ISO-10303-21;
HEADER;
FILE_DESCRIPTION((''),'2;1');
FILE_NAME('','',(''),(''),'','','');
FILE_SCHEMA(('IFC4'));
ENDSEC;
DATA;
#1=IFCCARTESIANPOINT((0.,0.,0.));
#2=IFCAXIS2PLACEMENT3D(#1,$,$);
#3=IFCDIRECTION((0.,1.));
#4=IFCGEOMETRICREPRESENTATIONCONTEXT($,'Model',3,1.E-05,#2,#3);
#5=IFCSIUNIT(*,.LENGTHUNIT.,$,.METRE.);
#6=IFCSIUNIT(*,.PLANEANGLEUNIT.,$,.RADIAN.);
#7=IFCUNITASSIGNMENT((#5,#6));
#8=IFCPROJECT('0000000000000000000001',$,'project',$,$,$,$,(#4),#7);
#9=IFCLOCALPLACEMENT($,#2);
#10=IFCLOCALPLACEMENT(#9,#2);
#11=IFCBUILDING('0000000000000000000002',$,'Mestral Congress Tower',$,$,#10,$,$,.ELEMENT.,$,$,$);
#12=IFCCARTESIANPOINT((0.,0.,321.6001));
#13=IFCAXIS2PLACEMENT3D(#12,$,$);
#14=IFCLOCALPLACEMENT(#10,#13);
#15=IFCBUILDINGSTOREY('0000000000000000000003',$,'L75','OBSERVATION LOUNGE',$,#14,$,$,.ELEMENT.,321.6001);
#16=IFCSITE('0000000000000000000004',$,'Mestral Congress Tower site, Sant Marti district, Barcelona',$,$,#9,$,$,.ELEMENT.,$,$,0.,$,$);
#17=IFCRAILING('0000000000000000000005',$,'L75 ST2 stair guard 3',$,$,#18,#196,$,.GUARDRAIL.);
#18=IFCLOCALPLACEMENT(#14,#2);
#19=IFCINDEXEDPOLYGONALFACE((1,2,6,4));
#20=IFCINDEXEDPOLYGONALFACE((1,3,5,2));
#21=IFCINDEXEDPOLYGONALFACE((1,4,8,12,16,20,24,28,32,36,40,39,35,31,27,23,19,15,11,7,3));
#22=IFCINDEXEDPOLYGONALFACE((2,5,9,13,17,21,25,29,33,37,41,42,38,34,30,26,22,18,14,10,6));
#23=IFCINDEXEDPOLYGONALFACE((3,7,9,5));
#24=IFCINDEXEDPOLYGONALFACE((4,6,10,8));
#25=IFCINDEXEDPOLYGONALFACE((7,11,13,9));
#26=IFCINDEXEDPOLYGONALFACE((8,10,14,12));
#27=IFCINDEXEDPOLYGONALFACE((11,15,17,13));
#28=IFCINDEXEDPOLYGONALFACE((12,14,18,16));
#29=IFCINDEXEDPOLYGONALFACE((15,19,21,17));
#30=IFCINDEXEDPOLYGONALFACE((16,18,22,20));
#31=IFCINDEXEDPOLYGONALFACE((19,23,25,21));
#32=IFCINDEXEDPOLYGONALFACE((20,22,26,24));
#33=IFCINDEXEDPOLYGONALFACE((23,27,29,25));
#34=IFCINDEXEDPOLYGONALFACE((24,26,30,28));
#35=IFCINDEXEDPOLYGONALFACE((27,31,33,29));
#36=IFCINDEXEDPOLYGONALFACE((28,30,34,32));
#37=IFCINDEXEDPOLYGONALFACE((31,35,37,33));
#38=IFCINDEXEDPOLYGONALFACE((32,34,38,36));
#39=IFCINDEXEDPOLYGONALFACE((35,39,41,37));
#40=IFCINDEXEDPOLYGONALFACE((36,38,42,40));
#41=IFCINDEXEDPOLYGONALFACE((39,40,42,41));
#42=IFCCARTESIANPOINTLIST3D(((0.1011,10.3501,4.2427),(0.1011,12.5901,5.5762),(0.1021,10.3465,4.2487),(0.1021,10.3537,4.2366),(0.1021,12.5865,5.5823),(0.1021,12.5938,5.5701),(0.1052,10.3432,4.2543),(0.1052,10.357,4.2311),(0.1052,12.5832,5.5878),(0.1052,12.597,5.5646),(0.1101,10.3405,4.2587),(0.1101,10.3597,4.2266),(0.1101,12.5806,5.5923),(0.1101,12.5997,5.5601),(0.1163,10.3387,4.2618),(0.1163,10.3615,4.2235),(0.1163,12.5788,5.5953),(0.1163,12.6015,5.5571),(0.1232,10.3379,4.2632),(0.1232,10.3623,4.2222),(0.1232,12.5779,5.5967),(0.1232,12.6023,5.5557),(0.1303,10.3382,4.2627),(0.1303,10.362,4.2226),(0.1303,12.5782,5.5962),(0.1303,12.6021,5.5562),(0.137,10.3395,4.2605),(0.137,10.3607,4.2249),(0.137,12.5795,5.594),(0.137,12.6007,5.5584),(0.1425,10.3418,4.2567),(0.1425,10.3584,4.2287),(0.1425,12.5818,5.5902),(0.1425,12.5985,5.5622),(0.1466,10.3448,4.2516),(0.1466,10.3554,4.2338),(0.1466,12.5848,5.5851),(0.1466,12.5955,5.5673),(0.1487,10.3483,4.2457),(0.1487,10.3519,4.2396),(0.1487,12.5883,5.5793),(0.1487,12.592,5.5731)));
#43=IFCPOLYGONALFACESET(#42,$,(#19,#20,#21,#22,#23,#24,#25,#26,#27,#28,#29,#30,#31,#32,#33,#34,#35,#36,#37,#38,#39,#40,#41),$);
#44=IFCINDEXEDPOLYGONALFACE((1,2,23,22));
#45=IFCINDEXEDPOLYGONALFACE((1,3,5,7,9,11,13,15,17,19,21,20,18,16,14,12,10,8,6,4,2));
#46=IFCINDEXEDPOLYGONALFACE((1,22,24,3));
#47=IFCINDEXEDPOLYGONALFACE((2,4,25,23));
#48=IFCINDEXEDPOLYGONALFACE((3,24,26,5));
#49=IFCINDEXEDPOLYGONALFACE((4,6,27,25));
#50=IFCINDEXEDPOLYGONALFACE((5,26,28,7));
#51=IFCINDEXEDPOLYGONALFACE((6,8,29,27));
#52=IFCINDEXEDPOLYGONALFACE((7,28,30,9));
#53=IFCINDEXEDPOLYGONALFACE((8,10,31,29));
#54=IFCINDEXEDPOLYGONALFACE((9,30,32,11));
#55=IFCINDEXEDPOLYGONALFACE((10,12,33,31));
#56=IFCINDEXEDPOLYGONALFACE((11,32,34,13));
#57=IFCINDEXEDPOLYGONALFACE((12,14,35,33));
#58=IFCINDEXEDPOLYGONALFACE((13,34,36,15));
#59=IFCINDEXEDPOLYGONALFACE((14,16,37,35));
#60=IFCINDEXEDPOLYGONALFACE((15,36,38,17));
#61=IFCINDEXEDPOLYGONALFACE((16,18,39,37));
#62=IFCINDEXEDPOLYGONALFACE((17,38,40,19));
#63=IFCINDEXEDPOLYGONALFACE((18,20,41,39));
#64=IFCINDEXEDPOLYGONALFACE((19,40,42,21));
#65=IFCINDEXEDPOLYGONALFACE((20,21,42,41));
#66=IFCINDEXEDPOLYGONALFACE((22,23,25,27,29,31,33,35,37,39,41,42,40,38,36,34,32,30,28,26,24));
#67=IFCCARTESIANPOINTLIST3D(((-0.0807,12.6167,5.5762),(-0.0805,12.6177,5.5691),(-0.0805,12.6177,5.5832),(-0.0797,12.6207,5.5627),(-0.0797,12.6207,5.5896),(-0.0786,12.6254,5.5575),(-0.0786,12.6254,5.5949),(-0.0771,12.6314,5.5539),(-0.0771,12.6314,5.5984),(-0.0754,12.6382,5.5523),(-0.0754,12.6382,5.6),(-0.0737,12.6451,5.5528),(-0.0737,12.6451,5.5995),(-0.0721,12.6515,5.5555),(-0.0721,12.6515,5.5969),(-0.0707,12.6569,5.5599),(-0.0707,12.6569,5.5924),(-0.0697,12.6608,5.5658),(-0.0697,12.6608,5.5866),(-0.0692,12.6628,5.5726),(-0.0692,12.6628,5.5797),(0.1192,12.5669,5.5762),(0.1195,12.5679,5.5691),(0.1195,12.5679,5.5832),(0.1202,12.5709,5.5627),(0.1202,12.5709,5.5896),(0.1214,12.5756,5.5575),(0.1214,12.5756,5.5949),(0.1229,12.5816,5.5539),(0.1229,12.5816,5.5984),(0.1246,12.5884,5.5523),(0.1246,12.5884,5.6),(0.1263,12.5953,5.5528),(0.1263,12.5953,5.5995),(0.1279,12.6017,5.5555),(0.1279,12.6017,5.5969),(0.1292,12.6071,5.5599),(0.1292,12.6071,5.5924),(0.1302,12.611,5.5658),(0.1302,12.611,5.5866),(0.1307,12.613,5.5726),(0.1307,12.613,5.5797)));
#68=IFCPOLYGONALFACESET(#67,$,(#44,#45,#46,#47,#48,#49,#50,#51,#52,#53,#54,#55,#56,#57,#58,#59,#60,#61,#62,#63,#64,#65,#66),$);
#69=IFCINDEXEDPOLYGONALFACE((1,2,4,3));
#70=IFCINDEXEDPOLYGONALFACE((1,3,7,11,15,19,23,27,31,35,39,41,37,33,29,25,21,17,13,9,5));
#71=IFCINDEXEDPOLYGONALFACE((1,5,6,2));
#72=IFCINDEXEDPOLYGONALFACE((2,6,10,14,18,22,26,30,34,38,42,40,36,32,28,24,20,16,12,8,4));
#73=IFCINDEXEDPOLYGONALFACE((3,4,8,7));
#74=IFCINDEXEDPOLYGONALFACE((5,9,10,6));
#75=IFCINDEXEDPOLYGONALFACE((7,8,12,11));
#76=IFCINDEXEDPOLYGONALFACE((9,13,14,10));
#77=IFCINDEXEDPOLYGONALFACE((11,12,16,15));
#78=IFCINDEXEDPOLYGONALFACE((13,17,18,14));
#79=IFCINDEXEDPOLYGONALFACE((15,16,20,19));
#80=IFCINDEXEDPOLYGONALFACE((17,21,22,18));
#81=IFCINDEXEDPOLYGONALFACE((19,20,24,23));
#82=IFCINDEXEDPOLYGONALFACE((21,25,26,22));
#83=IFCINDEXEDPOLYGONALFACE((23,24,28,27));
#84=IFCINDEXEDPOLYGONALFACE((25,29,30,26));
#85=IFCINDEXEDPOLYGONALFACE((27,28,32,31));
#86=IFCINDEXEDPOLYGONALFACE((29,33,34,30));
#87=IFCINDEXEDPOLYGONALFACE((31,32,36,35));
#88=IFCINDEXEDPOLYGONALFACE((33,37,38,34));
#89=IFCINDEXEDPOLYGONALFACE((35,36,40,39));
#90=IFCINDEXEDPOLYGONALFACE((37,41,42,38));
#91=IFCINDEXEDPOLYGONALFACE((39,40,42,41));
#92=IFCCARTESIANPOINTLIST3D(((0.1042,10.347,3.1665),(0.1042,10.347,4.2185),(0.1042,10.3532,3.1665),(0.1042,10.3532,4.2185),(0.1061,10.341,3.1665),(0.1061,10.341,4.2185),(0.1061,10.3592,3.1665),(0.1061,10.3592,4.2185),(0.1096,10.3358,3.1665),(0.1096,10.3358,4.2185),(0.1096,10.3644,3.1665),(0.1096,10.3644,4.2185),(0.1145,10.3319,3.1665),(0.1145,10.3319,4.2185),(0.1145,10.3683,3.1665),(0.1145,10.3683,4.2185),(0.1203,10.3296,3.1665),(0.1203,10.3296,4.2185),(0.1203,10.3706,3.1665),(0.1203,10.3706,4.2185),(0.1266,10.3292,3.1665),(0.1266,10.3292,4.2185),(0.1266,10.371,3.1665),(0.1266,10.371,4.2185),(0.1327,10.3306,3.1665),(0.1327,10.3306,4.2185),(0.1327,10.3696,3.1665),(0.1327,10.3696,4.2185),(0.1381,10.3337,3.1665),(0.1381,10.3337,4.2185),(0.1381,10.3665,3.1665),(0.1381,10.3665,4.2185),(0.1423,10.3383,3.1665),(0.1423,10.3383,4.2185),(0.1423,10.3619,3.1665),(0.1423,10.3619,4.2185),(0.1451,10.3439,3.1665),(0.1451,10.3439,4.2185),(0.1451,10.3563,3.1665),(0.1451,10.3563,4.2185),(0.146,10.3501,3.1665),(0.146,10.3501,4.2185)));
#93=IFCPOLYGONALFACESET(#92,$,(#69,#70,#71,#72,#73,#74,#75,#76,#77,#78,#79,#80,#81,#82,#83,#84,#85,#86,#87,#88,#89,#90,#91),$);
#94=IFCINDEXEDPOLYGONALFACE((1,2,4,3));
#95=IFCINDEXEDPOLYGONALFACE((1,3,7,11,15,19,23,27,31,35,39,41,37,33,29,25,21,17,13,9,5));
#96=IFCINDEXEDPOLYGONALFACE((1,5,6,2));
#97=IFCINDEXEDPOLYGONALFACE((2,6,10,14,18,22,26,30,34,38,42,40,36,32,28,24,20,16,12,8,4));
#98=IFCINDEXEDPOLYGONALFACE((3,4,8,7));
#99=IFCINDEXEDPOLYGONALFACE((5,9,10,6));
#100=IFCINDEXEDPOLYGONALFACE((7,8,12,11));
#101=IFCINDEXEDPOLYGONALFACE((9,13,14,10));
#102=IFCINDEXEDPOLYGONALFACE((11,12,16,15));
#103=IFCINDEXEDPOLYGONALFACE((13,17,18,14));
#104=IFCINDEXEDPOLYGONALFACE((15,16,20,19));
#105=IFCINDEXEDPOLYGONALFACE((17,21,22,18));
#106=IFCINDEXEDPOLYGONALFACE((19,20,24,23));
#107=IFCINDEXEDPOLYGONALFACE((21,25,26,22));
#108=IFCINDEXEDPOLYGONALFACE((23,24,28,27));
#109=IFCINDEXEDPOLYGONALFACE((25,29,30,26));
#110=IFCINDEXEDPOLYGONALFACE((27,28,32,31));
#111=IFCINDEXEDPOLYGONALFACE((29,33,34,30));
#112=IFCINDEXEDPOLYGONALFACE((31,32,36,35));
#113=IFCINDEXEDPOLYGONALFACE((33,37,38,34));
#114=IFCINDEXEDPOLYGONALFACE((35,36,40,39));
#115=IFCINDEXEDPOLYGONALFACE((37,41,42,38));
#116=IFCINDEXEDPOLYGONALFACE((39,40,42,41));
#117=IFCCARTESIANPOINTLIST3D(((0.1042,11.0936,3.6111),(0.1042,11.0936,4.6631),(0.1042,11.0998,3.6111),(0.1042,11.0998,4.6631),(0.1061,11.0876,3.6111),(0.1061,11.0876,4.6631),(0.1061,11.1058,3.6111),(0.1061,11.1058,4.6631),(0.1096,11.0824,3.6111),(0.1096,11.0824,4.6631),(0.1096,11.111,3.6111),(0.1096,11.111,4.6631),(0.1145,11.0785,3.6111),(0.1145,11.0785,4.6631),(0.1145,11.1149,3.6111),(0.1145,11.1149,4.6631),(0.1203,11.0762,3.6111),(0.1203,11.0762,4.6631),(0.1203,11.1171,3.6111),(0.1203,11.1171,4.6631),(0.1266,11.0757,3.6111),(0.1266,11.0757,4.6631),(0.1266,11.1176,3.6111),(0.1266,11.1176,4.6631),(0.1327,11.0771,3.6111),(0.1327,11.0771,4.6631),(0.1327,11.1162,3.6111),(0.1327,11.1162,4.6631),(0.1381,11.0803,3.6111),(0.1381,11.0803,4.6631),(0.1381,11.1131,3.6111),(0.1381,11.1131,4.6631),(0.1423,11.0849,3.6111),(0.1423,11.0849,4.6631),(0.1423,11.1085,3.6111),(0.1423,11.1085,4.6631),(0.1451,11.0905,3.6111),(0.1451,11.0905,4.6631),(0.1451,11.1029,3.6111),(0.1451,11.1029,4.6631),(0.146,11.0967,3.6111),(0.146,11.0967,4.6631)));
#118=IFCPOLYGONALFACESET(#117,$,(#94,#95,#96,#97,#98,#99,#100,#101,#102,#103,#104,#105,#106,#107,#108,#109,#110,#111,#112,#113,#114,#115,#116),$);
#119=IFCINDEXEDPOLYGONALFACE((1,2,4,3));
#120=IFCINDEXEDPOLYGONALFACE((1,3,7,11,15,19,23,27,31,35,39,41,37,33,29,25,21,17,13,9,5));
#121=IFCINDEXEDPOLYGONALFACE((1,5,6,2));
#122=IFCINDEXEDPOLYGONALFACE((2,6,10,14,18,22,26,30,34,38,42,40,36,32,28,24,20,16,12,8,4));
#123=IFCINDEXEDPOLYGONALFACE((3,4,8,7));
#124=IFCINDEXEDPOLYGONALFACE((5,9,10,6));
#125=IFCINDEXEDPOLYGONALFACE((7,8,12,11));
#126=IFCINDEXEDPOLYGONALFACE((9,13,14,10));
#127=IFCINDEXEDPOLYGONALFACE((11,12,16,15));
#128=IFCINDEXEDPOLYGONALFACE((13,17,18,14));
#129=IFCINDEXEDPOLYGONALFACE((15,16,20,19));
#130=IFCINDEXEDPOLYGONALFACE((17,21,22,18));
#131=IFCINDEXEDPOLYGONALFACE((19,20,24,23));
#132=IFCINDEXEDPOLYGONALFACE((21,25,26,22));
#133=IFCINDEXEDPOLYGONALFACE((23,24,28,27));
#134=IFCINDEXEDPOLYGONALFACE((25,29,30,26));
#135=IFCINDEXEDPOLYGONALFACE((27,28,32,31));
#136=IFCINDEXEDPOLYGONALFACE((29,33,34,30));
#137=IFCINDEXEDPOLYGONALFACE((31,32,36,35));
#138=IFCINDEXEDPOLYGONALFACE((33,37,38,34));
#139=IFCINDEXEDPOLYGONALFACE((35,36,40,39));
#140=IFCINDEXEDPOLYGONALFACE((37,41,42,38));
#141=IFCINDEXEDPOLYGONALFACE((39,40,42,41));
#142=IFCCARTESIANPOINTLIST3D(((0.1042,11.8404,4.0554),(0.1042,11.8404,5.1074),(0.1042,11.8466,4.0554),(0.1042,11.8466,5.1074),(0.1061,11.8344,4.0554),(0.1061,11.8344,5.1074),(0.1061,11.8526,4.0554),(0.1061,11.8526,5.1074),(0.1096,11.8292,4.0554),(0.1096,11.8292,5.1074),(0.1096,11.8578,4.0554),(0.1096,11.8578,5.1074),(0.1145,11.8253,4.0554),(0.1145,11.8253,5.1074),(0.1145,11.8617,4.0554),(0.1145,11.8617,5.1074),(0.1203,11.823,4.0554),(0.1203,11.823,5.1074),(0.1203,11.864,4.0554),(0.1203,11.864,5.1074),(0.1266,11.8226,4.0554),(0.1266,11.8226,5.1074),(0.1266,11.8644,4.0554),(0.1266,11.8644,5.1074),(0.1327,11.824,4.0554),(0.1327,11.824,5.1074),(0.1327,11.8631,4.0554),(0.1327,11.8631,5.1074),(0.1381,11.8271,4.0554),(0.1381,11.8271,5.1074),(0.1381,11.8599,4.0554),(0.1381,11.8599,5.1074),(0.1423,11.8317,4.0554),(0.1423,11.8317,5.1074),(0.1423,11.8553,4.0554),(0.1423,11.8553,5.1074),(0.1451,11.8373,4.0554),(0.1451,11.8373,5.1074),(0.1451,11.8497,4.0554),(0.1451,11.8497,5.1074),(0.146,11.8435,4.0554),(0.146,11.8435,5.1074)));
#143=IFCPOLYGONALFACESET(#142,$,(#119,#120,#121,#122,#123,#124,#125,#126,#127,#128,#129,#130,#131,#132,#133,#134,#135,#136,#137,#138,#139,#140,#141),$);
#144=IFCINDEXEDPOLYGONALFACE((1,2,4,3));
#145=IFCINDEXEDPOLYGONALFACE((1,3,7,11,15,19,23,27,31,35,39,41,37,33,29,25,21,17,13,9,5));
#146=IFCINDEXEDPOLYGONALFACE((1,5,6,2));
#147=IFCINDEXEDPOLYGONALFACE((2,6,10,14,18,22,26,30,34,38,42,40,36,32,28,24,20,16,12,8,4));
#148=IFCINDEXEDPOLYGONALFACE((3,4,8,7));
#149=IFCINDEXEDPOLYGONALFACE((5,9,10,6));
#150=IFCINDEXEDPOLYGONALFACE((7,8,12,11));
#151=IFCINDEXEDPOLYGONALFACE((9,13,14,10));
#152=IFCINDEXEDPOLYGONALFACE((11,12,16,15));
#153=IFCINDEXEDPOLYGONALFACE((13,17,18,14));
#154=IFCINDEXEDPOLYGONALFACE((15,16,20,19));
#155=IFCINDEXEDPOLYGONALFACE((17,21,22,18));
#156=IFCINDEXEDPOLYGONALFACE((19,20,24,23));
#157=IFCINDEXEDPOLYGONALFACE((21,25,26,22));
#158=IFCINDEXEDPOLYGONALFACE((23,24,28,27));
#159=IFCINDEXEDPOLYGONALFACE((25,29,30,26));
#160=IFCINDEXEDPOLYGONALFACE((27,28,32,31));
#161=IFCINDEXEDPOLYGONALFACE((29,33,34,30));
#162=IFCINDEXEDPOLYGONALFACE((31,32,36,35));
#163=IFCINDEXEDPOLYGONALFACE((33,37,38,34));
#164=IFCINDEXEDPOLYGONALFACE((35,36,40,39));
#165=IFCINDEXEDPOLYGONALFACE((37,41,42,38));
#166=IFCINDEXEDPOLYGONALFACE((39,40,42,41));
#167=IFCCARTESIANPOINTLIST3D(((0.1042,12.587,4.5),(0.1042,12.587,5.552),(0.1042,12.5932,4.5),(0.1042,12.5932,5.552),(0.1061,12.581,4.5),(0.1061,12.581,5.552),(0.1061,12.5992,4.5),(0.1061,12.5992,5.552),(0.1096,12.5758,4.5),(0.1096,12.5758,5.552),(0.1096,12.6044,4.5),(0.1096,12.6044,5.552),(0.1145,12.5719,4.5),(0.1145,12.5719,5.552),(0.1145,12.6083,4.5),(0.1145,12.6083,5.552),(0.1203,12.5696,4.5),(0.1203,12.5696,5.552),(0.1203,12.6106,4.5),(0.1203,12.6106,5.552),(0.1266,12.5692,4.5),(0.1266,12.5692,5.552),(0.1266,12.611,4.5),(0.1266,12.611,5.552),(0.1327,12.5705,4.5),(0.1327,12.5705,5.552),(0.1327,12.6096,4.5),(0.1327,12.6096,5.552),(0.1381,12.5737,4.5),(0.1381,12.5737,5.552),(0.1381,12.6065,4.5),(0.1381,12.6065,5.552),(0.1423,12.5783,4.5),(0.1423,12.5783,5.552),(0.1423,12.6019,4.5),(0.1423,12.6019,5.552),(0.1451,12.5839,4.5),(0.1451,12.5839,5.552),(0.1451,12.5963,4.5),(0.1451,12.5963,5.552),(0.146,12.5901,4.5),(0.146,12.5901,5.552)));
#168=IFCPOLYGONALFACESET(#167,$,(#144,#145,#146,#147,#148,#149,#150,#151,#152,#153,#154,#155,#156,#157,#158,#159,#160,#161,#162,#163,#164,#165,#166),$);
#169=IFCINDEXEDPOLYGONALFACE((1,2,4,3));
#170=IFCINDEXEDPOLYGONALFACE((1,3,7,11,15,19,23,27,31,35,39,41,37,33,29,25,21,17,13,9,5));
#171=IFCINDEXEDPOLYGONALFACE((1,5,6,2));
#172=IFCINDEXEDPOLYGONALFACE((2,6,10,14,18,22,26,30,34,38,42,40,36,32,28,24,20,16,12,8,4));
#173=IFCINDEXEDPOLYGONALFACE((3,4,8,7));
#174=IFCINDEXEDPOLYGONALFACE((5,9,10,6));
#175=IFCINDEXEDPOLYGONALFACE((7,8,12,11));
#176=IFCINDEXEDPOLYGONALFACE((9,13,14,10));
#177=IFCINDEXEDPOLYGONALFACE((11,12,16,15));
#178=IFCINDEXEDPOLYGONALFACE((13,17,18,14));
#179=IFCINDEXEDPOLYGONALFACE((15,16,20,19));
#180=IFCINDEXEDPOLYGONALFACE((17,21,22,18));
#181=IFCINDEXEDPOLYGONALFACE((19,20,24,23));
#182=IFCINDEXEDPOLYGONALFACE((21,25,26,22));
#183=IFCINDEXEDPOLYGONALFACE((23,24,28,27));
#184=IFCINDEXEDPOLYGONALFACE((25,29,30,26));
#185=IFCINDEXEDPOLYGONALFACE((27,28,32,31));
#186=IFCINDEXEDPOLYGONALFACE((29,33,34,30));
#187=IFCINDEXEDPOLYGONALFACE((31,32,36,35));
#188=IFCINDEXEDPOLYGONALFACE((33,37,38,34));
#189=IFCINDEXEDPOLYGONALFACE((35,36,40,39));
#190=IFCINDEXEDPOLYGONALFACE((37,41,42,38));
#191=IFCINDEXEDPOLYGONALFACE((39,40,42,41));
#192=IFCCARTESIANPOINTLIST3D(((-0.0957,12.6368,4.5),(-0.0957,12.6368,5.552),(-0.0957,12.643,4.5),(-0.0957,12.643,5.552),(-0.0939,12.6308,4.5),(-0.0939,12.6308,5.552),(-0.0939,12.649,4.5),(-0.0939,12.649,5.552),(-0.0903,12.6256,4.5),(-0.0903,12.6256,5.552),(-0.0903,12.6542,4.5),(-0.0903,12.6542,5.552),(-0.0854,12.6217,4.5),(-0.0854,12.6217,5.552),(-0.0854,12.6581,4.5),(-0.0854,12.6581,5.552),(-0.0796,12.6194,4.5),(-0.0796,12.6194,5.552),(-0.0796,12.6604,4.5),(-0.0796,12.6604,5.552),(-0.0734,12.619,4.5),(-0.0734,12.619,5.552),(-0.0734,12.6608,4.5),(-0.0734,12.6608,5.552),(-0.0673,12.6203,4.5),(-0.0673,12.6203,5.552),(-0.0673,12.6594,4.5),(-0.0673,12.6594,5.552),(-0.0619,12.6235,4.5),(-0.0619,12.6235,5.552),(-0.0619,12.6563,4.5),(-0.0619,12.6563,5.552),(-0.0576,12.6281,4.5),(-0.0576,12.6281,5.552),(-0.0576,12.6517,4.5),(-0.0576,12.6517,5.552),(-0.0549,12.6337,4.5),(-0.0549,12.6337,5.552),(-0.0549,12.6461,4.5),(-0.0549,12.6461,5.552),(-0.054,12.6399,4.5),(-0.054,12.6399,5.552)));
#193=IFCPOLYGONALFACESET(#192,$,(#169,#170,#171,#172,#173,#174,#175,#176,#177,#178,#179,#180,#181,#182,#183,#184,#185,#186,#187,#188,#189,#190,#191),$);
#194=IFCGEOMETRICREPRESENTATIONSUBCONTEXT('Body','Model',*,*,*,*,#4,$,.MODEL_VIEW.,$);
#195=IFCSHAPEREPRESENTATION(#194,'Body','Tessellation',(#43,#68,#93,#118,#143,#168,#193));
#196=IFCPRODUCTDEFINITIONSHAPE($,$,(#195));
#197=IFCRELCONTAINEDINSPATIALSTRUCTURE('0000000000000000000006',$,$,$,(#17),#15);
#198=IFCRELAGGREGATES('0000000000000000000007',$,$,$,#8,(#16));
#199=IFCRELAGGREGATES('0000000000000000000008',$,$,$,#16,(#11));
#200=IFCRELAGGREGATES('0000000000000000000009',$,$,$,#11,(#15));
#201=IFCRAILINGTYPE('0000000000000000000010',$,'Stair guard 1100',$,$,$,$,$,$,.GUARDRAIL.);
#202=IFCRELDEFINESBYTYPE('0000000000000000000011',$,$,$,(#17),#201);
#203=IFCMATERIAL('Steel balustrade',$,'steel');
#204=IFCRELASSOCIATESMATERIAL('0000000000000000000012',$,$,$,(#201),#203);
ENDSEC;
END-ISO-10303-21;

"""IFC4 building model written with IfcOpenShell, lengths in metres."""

from ifc_helpers import new_model, si_unit, direction, frame, origin, origin_2d, place, context, subcontext, project, spatial, circle, extrude, material, type_object, element, save


model = new_model("IFC4")

# Units and contexts
model_context = context("Model", 3, precision=1e-05, world=origin(), true_north=direction((0.0, 1.0)))
body_context = subcontext(model_context, "Body", "Model", "MODEL_VIEW")
ifc_project = project(units=[si_unit("LENGTHUNIT", "METRE"), si_unit("PLANEANGLEUNIT", "RADIAN")], contexts=[model_context])

# Site, building, storey
site_placement = place(None, origin())
site = spatial("IfcSite", under=ifc_project, at=site_placement, Name="Mestral Congress Tower site, Sant Marti district, Barcelona", CompositionType="ELEMENT", RefElevation=0.0)
building_placement = place(site_placement, origin())
building = spatial("IfcBuilding", under=site, at=building_placement, Name="Mestral Congress Tower", CompositionType="ELEMENT")
storey_placement = place(building_placement, frame((0.0, 0.0, 321.6001)))
storey = spatial("IfcBuildingStorey", under=building, at=storey_placement, Name="L75", Description="OBSERVATION LOUNGE", CompositionType="ELEMENT", Elevation=321.6001)

# Railing
ifc_material_1 = material(Name="Steel balustrade", Category="steel")
railing_type_1 = type_object("IfcRailingType", Name="Stair guard 1100", PredefinedType="GUARDRAIL", material=ifc_material_1)
for number, where, name in (
    (1, (0.125, 10.3501, 3.1665), "L75 ST2 stair guard 3"),
):
    element("IfcRailing", number, at=place(storey_placement, frame(where)), inside=storey, type_object=railing_type_1, Name=name, PredefinedType="GUARDRAIL", context=body_context, shape_type="SweptSolid", body=[
        extrude(circle(Radius=0.0239, at=origin_2d()), frame((0.0, 0.0, 1.0762), z_axis=(0.0, 0.859264, 0.511532), x_axis=(-1.0, 0.0, 0.0)), (0.0, 0.0, 1.0), 2.6069),
        extrude(circle(Radius=0.0239, at=origin_2d()), frame((0.0, 2.24, 2.4097), z_axis=(-0.970351, 0.241699, 0.0), x_axis=(-0.241699, -0.970351, 0.0)), (0.0, 0.0, 1.0), 0.2061),
        extrude(circle(Radius=0.021, at=origin_2d()), origin(), (0.0, 0.0, 1.0), 1.052),
        extrude(circle(Radius=0.021, at=origin_2d()), frame((0.0, 0.7466, 0.4446)), (0.0, 0.0, 1.0), 1.052),
        extrude(circle(Radius=0.021, at=origin_2d()), frame((0.0, 1.4934, 0.8889)), (0.0, 0.0, 1.0), 1.052),
        extrude(circle(Radius=0.021, at=origin_2d()), frame((0.0, 2.24, 1.3335)), (0.0, 0.0, 1.0), 1.052),
        extrude(circle(Radius=0.021, at=origin_2d()), frame((-0.2, 2.2898, 1.3335)), (0.0, 0.0, 1.0), 1.052),
    ])

save(model, "model.ifc")
